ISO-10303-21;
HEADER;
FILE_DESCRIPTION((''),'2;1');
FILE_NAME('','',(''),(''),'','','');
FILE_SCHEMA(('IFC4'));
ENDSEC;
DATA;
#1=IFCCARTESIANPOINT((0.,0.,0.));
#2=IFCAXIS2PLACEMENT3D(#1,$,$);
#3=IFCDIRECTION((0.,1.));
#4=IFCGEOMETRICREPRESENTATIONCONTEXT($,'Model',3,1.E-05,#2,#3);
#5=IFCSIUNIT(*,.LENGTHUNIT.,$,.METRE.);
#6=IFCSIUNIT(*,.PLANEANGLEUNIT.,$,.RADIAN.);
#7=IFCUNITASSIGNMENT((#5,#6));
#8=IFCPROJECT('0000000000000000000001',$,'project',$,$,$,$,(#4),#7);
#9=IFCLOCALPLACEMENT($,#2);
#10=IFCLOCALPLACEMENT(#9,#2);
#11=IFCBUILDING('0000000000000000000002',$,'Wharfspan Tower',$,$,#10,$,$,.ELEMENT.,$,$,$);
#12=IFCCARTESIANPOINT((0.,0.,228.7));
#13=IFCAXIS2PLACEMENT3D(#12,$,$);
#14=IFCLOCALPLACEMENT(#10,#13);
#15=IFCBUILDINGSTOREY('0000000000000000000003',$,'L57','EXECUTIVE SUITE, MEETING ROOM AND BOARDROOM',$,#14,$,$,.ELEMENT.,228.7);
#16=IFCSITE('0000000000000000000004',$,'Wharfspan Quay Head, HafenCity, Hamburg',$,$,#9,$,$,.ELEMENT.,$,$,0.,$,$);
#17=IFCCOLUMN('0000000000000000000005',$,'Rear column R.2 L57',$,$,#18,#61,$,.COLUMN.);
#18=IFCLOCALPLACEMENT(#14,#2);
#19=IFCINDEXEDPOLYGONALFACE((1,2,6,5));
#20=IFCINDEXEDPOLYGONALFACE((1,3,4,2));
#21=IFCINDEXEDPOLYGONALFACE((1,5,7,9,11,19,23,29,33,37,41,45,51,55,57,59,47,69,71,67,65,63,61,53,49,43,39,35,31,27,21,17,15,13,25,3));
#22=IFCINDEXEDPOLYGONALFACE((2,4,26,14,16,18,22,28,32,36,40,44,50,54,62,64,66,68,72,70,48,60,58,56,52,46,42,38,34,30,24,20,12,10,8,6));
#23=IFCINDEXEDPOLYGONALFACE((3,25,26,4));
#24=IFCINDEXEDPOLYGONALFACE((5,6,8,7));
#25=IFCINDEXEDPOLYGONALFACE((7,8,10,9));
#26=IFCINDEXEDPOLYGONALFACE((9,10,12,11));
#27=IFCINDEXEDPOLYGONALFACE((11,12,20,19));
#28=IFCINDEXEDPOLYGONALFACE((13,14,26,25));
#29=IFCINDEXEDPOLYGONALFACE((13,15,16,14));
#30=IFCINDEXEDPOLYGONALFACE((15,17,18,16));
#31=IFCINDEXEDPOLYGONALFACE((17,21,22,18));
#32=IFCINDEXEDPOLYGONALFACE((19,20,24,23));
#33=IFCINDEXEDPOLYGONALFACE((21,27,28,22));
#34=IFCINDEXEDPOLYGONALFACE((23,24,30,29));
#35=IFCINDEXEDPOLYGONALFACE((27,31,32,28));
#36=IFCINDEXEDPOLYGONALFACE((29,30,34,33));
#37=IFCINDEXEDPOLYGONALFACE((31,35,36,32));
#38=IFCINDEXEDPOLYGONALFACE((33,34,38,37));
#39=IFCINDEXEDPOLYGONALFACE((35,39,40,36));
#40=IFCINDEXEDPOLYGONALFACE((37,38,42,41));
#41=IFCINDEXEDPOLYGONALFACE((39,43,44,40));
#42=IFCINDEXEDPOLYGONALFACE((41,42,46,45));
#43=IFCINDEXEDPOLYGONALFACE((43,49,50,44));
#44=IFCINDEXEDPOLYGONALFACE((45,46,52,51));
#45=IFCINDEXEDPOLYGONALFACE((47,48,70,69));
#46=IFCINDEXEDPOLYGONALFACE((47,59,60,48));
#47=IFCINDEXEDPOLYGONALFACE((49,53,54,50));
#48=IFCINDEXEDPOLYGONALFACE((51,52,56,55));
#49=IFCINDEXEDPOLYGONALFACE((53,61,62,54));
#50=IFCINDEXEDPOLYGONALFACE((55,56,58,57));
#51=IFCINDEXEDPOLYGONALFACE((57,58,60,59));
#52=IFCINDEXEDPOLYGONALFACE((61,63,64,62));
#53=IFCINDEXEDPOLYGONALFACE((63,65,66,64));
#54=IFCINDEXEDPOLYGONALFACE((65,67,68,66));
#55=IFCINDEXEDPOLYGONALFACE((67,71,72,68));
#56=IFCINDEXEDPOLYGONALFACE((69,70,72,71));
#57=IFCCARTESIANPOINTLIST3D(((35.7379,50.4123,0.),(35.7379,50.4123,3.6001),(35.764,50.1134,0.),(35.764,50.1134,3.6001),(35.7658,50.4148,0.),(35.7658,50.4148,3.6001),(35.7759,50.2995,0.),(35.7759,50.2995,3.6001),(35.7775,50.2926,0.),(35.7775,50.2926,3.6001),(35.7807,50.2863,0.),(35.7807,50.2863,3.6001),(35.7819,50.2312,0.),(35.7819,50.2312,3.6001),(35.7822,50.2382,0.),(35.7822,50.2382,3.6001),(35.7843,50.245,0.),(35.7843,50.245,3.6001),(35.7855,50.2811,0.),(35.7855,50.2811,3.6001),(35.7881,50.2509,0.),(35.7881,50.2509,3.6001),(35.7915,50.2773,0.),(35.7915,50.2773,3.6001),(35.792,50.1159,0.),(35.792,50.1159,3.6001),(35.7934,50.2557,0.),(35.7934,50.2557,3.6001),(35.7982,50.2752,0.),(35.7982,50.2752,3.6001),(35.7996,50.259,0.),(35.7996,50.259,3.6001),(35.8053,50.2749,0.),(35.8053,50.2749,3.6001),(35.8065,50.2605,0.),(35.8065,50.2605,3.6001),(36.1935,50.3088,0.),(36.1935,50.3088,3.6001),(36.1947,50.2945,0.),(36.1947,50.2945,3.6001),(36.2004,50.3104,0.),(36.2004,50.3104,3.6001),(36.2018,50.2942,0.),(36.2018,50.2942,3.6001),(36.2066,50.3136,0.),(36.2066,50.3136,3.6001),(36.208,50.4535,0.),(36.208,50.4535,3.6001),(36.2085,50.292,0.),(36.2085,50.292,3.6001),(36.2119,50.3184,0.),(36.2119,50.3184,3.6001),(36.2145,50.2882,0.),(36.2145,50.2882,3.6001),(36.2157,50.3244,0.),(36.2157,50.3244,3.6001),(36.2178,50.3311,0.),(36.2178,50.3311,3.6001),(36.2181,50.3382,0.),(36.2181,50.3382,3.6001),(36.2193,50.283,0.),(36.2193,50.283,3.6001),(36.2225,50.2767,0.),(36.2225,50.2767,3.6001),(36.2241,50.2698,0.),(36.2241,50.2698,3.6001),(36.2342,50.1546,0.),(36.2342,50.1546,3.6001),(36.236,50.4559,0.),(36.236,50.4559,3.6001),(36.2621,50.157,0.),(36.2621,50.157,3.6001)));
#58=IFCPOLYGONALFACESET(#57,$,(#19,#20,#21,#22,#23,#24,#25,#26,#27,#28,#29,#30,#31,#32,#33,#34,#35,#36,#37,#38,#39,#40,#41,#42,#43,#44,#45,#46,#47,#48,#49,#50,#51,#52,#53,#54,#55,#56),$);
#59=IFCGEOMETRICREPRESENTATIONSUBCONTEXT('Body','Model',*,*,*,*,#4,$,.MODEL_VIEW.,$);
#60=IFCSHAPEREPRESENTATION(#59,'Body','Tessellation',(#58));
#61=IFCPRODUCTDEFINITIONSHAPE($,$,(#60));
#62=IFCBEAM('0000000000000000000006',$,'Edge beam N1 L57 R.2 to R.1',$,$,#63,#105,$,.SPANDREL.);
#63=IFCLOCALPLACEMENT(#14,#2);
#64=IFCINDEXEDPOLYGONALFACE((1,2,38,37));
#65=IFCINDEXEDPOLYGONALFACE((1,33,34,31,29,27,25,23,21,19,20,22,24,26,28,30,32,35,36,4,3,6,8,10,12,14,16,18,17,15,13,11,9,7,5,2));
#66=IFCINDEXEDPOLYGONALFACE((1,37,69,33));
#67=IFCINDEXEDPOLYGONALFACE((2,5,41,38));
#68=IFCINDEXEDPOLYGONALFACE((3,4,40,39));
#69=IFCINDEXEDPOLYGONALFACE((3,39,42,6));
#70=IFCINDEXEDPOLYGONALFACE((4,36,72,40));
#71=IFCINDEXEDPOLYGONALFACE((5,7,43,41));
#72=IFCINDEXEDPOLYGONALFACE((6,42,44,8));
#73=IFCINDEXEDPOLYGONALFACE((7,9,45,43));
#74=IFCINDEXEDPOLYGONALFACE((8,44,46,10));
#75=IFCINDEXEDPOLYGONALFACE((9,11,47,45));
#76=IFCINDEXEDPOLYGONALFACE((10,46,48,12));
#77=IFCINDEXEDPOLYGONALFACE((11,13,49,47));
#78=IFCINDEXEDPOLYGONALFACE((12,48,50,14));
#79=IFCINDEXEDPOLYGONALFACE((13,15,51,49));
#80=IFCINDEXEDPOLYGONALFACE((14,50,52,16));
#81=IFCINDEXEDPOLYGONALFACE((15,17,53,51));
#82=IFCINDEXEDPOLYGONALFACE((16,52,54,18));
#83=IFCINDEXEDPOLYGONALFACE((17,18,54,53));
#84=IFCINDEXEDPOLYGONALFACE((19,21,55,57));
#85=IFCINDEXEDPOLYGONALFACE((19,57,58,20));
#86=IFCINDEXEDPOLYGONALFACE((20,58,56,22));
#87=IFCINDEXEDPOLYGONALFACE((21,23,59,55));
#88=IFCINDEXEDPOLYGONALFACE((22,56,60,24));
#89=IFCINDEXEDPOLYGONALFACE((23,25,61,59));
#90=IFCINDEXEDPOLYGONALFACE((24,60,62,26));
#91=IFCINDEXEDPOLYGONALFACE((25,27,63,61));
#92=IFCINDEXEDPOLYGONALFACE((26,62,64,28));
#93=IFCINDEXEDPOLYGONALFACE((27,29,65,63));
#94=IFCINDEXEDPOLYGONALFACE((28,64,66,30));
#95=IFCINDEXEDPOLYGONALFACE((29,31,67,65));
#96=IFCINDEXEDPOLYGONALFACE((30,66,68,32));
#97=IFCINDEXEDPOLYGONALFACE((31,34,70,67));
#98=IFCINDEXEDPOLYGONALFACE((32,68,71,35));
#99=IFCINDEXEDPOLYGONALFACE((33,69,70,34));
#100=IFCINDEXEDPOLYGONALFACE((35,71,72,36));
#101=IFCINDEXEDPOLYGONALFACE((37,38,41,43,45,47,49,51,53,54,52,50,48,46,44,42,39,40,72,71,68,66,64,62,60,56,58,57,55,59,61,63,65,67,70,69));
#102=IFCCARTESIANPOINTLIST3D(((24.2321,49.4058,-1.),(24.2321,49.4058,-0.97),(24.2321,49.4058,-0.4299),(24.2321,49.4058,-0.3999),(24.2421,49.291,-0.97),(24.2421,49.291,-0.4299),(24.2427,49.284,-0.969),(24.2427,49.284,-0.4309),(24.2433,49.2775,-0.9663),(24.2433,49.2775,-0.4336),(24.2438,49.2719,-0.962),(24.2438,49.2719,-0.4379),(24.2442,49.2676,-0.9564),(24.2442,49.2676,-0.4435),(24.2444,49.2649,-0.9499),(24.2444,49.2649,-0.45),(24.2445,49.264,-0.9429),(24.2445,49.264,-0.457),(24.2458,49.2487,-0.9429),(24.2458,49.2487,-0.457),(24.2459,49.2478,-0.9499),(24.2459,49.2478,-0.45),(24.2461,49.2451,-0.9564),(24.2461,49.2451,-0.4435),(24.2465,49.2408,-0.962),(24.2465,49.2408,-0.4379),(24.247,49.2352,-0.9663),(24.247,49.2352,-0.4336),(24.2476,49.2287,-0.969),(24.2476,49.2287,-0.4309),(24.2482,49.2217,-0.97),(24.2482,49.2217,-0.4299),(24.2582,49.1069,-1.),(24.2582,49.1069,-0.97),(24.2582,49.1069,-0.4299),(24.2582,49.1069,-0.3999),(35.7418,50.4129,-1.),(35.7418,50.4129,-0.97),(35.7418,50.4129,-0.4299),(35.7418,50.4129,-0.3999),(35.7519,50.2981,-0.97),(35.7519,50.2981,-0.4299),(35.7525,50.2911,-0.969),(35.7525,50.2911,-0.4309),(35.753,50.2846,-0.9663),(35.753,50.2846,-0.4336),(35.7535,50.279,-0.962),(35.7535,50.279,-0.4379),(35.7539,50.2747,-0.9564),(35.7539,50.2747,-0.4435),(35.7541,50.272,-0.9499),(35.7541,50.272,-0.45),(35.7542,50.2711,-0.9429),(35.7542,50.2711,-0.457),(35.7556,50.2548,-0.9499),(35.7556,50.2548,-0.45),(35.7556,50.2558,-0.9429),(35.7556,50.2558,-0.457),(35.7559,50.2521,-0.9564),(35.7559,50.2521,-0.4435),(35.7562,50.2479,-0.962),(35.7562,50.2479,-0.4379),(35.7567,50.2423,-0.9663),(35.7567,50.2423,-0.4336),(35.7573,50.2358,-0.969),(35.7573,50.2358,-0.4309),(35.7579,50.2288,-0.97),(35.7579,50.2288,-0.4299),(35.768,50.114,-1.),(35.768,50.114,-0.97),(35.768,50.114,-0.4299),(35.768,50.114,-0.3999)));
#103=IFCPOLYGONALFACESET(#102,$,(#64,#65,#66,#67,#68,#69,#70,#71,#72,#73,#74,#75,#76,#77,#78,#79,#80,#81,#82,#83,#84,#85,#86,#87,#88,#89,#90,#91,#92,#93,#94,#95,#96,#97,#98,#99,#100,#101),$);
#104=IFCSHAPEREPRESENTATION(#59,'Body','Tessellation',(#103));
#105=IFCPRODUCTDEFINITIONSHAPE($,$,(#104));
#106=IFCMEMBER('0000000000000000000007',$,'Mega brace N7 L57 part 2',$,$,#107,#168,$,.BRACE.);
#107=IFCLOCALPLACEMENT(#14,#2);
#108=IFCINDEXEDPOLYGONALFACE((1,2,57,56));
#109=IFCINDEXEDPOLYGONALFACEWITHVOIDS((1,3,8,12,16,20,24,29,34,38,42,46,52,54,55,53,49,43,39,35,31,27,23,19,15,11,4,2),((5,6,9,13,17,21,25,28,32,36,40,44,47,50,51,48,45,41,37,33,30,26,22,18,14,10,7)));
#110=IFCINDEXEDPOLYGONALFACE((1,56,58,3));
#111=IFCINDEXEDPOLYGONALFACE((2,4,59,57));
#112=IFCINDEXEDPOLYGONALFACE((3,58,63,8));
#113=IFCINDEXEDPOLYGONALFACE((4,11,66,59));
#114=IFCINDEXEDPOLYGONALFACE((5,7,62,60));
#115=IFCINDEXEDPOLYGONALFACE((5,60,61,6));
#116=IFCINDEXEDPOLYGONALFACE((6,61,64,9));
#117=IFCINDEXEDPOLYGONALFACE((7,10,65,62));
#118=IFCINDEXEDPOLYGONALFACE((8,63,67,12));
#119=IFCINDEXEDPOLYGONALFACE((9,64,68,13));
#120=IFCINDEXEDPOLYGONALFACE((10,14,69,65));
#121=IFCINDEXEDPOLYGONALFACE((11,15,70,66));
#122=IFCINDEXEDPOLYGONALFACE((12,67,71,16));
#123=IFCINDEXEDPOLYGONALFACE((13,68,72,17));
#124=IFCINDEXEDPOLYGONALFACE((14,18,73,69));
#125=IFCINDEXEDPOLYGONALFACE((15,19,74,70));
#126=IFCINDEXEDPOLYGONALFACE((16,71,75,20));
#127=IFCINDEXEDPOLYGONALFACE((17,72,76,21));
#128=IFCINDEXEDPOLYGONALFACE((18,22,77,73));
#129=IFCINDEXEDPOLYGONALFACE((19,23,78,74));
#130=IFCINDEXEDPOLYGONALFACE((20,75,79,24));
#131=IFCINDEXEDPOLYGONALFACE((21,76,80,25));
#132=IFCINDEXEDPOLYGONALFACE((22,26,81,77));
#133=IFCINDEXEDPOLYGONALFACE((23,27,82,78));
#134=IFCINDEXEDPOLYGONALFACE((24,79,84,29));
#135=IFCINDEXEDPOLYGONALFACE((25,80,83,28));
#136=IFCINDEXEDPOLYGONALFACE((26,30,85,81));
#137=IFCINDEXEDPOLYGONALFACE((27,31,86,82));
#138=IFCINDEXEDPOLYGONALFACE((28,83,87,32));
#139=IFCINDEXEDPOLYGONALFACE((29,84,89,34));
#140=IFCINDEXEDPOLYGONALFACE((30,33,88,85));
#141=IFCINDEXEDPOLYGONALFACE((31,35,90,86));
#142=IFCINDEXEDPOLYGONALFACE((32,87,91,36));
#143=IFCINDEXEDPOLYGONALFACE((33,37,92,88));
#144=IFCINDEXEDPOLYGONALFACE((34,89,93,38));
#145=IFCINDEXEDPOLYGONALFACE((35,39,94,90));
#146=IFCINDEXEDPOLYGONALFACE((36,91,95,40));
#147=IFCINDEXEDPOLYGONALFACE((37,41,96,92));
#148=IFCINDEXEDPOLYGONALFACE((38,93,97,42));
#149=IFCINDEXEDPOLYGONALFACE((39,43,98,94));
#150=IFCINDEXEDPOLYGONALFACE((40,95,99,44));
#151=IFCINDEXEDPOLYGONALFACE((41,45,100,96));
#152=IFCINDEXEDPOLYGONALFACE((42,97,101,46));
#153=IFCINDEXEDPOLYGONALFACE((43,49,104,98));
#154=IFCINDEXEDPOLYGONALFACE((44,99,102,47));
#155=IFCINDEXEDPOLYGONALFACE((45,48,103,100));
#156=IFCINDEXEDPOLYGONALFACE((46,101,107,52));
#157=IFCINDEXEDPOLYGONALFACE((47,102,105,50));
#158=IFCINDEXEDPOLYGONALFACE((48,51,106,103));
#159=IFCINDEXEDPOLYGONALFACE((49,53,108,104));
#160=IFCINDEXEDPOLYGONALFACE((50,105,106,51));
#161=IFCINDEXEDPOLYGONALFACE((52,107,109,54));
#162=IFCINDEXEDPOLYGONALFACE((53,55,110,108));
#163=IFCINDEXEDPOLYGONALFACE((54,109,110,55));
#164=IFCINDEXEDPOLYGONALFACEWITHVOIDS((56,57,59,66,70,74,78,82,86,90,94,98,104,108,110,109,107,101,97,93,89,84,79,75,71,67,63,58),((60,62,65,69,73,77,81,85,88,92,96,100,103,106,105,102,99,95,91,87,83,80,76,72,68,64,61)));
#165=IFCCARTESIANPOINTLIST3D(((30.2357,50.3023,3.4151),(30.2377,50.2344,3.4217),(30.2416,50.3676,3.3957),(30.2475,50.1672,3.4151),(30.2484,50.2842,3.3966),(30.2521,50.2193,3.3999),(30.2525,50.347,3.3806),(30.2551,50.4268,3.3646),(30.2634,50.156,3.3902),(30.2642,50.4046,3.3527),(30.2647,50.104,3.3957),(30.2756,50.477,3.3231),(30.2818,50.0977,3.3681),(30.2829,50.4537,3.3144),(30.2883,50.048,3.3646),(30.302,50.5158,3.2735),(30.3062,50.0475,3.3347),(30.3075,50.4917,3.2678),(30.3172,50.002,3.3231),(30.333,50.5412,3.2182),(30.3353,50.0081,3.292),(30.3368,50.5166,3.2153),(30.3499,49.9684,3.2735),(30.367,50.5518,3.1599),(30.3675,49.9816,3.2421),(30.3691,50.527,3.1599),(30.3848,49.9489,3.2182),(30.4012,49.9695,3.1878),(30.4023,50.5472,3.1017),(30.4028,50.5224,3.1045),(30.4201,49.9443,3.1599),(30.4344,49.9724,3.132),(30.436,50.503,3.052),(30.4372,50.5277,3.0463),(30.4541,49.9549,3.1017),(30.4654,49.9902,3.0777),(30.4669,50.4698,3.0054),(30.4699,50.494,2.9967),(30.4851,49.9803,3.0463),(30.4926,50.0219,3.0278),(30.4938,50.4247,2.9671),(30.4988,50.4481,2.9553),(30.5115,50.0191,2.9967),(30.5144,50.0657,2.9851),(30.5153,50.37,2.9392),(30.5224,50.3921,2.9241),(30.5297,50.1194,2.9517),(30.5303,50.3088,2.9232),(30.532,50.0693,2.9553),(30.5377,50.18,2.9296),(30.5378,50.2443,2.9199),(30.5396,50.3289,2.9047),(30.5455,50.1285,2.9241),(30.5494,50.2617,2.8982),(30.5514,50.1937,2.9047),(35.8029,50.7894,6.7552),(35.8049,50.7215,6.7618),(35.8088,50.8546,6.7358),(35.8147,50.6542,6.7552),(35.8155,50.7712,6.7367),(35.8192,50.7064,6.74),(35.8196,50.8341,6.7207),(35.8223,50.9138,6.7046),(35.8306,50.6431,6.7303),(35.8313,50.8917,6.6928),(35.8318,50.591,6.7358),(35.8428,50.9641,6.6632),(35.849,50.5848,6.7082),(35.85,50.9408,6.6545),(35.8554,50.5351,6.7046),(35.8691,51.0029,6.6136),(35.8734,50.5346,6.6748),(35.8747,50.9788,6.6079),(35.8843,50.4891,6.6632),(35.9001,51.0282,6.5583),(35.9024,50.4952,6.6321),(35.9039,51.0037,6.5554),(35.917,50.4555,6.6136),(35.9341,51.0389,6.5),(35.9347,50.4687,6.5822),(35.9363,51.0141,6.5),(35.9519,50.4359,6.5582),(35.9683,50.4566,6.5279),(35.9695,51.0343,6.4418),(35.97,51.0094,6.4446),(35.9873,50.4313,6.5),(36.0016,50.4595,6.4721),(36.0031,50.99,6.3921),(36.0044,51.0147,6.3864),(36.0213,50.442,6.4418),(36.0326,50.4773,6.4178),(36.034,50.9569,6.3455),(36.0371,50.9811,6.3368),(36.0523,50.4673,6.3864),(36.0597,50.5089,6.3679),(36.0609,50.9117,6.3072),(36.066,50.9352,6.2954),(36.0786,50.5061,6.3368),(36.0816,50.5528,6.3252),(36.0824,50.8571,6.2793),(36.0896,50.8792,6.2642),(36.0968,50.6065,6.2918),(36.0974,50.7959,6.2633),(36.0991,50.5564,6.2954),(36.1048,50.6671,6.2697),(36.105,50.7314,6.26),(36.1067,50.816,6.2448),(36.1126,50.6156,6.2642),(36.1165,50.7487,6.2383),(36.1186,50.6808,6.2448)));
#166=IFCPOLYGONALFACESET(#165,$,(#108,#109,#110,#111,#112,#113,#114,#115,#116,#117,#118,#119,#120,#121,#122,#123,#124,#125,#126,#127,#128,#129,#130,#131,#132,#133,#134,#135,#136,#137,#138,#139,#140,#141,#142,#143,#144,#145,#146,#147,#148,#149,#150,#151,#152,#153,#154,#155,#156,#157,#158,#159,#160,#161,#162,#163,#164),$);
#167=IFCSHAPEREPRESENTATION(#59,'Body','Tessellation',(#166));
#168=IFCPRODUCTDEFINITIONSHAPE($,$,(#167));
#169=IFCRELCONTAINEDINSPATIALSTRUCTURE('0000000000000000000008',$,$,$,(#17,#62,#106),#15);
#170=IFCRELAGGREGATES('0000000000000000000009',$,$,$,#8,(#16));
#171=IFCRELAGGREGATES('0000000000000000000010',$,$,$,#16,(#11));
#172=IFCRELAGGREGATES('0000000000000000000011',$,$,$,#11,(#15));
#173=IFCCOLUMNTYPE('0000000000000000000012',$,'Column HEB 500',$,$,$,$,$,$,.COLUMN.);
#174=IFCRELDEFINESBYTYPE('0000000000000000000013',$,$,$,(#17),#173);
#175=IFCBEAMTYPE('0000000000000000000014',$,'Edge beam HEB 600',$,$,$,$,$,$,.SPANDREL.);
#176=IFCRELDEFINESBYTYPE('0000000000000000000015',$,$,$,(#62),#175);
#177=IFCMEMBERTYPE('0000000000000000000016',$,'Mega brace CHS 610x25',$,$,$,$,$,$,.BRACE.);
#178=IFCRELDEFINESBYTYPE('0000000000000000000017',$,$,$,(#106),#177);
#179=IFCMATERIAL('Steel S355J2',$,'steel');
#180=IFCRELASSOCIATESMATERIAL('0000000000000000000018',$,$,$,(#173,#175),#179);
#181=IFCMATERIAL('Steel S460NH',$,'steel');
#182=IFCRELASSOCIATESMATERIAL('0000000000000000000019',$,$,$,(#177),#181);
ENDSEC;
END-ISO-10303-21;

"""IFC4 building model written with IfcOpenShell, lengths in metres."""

from ifc_helpers import new_model, si_unit, direction, frame, origin, origin_2d, place, context, subcontext, project, spatial, hollow_circle, i_section, extrude, material, material_profile, profile_set, type_object, element, save


model = new_model("IFC4")

# Units and contexts
model_context = context("Model", 3, precision=1e-05, world=origin(), true_north=direction((0.0, 1.0)))
body_context = subcontext(model_context, "Body", "Model", "MODEL_VIEW")
ifc_project = project(units=[si_unit("LENGTHUNIT", "METRE"), si_unit("PLANEANGLEUNIT", "RADIAN")], contexts=[model_context])

# Site, building, storey
site_placement = place(None, origin())
site = spatial("IfcSite", under=ifc_project, at=site_placement, Name="Wharfspan Quay Head, HafenCity, Hamburg", CompositionType="ELEMENT", RefElevation=0.0)
building_placement = place(site_placement, origin())
building = spatial("IfcBuilding", under=site, at=building_placement, Name="Wharfspan Tower", CompositionType="ELEMENT")
storey_placement = place(building_placement, frame((0.0, 0.0, 228.7)))
storey = spatial("IfcBuildingStorey", under=building, at=storey_placement, Name="L57", Description="EXECUTIVE SUITE, MEETING ROOM AND BOARDROOM", CompositionType="ELEMENT", Elevation=228.7)

# Column
ifc_material_1 = material(Name="Steel S355J2", Category="steel")
ifc_material_profile_1 = material_profile(ifc_material_1, i_section(OverallWidth=0.3, OverallDepth=0.5, WebThickness=0.0144, FlangeThickness=0.0281, FilletRadius=0.0271, at=origin_2d()))
ifc_profile_set_1 = profile_set([ifc_material_profile_1], Name="Steel S355J2")
column_type = type_object("IfcColumnType", Name="Column HEB 500", PredefinedType="COLUMN", material=ifc_profile_set_1)
column_placement = place(storey_placement, frame((36.0, 50.2847, 0.0), z_axis=(0.0, 0.0, 1.0), x_axis=(-0.087156, 0.996197, 0.0)))
element("IfcColumn", 1, at=column_placement, inside=storey, type_object=column_type, Name="Rear column R.2 L57", PredefinedType="COLUMN", context=body_context, shape_type="SweptSolid", body=[
    extrude(i_section(OverallWidth=0.3, OverallDepth=0.5, WebThickness=0.0144, FlangeThickness=0.0281, FilletRadius=0.0271, at=origin_2d()), origin(), (0.0, 0.0, 1.0), 3.6001),
])

# Beam
ifc_material_profile_2 = material_profile(ifc_material_1, i_section(OverallWidth=0.3, OverallDepth=0.6001, WebThickness=0.0154, FlangeThickness=0.03, FilletRadius=0.0271, at=origin_2d()))
ifc_profile_set_2 = profile_set([ifc_material_profile_2], Name="Steel S355J2")
beam_type = type_object("IfcBeamType", Name="Edge beam HEB 600", PredefinedType="SPANDREL", material=ifc_profile_set_2)
beam_placement = place(storey_placement, frame((35.7549, 50.2634, -0.7), z_axis=(-0.996194, -0.087165, 0.0), x_axis=(0.087165, -0.996194, 0.0)))
element("IfcBeam", 2, at=beam_placement, inside=storey, type_object=beam_type, Name="Edge beam N1 L57 R.2 to R.1", PredefinedType="SPANDREL", context=body_context, shape_type="SweptSolid", body=[
    extrude(i_section(OverallWidth=0.3, OverallDepth=0.6001, WebThickness=0.0154, FlangeThickness=0.03, FilletRadius=0.0271, at=origin_2d()), origin(), (0.0, 0.0, 1.0), 11.5537),
])

# Member
ifc_material_2 = material(Name="Steel S460NH", Category="steel")
ifc_material_profile_3 = material_profile(ifc_material_2, hollow_circle(Radius=0.3049, WallThickness=0.0249, at=origin_2d()))
ifc_profile_set_3 = profile_set([ifc_material_profile_3], Name="Steel S460NH")
member_type = type_object("IfcMemberType", Name="Mega brace CHS 610x25", PredefinedType="BRACE", material=ifc_profile_set_3)
member_placement = place(storey_placement, frame((30.3936, 50.248, 3.1599), z_axis=(0.855103, 0.074812, 0.513032), x_axis=(-0.087157, 0.996193, 0.000002)))
element("IfcMember", 3, at=member_placement, inside=storey, type_object=member_type, Name="Mega brace N7 L57 part 2", PredefinedType="BRACE", context=body_context, shape_type="SweptSolid", body=[
    extrude(hollow_circle(Radius=0.3049, WallThickness=0.0249, at=origin_2d()), origin(), (0.0, 0.0, 1.0), 6.5105),
])

save(model, "model.ifc")
